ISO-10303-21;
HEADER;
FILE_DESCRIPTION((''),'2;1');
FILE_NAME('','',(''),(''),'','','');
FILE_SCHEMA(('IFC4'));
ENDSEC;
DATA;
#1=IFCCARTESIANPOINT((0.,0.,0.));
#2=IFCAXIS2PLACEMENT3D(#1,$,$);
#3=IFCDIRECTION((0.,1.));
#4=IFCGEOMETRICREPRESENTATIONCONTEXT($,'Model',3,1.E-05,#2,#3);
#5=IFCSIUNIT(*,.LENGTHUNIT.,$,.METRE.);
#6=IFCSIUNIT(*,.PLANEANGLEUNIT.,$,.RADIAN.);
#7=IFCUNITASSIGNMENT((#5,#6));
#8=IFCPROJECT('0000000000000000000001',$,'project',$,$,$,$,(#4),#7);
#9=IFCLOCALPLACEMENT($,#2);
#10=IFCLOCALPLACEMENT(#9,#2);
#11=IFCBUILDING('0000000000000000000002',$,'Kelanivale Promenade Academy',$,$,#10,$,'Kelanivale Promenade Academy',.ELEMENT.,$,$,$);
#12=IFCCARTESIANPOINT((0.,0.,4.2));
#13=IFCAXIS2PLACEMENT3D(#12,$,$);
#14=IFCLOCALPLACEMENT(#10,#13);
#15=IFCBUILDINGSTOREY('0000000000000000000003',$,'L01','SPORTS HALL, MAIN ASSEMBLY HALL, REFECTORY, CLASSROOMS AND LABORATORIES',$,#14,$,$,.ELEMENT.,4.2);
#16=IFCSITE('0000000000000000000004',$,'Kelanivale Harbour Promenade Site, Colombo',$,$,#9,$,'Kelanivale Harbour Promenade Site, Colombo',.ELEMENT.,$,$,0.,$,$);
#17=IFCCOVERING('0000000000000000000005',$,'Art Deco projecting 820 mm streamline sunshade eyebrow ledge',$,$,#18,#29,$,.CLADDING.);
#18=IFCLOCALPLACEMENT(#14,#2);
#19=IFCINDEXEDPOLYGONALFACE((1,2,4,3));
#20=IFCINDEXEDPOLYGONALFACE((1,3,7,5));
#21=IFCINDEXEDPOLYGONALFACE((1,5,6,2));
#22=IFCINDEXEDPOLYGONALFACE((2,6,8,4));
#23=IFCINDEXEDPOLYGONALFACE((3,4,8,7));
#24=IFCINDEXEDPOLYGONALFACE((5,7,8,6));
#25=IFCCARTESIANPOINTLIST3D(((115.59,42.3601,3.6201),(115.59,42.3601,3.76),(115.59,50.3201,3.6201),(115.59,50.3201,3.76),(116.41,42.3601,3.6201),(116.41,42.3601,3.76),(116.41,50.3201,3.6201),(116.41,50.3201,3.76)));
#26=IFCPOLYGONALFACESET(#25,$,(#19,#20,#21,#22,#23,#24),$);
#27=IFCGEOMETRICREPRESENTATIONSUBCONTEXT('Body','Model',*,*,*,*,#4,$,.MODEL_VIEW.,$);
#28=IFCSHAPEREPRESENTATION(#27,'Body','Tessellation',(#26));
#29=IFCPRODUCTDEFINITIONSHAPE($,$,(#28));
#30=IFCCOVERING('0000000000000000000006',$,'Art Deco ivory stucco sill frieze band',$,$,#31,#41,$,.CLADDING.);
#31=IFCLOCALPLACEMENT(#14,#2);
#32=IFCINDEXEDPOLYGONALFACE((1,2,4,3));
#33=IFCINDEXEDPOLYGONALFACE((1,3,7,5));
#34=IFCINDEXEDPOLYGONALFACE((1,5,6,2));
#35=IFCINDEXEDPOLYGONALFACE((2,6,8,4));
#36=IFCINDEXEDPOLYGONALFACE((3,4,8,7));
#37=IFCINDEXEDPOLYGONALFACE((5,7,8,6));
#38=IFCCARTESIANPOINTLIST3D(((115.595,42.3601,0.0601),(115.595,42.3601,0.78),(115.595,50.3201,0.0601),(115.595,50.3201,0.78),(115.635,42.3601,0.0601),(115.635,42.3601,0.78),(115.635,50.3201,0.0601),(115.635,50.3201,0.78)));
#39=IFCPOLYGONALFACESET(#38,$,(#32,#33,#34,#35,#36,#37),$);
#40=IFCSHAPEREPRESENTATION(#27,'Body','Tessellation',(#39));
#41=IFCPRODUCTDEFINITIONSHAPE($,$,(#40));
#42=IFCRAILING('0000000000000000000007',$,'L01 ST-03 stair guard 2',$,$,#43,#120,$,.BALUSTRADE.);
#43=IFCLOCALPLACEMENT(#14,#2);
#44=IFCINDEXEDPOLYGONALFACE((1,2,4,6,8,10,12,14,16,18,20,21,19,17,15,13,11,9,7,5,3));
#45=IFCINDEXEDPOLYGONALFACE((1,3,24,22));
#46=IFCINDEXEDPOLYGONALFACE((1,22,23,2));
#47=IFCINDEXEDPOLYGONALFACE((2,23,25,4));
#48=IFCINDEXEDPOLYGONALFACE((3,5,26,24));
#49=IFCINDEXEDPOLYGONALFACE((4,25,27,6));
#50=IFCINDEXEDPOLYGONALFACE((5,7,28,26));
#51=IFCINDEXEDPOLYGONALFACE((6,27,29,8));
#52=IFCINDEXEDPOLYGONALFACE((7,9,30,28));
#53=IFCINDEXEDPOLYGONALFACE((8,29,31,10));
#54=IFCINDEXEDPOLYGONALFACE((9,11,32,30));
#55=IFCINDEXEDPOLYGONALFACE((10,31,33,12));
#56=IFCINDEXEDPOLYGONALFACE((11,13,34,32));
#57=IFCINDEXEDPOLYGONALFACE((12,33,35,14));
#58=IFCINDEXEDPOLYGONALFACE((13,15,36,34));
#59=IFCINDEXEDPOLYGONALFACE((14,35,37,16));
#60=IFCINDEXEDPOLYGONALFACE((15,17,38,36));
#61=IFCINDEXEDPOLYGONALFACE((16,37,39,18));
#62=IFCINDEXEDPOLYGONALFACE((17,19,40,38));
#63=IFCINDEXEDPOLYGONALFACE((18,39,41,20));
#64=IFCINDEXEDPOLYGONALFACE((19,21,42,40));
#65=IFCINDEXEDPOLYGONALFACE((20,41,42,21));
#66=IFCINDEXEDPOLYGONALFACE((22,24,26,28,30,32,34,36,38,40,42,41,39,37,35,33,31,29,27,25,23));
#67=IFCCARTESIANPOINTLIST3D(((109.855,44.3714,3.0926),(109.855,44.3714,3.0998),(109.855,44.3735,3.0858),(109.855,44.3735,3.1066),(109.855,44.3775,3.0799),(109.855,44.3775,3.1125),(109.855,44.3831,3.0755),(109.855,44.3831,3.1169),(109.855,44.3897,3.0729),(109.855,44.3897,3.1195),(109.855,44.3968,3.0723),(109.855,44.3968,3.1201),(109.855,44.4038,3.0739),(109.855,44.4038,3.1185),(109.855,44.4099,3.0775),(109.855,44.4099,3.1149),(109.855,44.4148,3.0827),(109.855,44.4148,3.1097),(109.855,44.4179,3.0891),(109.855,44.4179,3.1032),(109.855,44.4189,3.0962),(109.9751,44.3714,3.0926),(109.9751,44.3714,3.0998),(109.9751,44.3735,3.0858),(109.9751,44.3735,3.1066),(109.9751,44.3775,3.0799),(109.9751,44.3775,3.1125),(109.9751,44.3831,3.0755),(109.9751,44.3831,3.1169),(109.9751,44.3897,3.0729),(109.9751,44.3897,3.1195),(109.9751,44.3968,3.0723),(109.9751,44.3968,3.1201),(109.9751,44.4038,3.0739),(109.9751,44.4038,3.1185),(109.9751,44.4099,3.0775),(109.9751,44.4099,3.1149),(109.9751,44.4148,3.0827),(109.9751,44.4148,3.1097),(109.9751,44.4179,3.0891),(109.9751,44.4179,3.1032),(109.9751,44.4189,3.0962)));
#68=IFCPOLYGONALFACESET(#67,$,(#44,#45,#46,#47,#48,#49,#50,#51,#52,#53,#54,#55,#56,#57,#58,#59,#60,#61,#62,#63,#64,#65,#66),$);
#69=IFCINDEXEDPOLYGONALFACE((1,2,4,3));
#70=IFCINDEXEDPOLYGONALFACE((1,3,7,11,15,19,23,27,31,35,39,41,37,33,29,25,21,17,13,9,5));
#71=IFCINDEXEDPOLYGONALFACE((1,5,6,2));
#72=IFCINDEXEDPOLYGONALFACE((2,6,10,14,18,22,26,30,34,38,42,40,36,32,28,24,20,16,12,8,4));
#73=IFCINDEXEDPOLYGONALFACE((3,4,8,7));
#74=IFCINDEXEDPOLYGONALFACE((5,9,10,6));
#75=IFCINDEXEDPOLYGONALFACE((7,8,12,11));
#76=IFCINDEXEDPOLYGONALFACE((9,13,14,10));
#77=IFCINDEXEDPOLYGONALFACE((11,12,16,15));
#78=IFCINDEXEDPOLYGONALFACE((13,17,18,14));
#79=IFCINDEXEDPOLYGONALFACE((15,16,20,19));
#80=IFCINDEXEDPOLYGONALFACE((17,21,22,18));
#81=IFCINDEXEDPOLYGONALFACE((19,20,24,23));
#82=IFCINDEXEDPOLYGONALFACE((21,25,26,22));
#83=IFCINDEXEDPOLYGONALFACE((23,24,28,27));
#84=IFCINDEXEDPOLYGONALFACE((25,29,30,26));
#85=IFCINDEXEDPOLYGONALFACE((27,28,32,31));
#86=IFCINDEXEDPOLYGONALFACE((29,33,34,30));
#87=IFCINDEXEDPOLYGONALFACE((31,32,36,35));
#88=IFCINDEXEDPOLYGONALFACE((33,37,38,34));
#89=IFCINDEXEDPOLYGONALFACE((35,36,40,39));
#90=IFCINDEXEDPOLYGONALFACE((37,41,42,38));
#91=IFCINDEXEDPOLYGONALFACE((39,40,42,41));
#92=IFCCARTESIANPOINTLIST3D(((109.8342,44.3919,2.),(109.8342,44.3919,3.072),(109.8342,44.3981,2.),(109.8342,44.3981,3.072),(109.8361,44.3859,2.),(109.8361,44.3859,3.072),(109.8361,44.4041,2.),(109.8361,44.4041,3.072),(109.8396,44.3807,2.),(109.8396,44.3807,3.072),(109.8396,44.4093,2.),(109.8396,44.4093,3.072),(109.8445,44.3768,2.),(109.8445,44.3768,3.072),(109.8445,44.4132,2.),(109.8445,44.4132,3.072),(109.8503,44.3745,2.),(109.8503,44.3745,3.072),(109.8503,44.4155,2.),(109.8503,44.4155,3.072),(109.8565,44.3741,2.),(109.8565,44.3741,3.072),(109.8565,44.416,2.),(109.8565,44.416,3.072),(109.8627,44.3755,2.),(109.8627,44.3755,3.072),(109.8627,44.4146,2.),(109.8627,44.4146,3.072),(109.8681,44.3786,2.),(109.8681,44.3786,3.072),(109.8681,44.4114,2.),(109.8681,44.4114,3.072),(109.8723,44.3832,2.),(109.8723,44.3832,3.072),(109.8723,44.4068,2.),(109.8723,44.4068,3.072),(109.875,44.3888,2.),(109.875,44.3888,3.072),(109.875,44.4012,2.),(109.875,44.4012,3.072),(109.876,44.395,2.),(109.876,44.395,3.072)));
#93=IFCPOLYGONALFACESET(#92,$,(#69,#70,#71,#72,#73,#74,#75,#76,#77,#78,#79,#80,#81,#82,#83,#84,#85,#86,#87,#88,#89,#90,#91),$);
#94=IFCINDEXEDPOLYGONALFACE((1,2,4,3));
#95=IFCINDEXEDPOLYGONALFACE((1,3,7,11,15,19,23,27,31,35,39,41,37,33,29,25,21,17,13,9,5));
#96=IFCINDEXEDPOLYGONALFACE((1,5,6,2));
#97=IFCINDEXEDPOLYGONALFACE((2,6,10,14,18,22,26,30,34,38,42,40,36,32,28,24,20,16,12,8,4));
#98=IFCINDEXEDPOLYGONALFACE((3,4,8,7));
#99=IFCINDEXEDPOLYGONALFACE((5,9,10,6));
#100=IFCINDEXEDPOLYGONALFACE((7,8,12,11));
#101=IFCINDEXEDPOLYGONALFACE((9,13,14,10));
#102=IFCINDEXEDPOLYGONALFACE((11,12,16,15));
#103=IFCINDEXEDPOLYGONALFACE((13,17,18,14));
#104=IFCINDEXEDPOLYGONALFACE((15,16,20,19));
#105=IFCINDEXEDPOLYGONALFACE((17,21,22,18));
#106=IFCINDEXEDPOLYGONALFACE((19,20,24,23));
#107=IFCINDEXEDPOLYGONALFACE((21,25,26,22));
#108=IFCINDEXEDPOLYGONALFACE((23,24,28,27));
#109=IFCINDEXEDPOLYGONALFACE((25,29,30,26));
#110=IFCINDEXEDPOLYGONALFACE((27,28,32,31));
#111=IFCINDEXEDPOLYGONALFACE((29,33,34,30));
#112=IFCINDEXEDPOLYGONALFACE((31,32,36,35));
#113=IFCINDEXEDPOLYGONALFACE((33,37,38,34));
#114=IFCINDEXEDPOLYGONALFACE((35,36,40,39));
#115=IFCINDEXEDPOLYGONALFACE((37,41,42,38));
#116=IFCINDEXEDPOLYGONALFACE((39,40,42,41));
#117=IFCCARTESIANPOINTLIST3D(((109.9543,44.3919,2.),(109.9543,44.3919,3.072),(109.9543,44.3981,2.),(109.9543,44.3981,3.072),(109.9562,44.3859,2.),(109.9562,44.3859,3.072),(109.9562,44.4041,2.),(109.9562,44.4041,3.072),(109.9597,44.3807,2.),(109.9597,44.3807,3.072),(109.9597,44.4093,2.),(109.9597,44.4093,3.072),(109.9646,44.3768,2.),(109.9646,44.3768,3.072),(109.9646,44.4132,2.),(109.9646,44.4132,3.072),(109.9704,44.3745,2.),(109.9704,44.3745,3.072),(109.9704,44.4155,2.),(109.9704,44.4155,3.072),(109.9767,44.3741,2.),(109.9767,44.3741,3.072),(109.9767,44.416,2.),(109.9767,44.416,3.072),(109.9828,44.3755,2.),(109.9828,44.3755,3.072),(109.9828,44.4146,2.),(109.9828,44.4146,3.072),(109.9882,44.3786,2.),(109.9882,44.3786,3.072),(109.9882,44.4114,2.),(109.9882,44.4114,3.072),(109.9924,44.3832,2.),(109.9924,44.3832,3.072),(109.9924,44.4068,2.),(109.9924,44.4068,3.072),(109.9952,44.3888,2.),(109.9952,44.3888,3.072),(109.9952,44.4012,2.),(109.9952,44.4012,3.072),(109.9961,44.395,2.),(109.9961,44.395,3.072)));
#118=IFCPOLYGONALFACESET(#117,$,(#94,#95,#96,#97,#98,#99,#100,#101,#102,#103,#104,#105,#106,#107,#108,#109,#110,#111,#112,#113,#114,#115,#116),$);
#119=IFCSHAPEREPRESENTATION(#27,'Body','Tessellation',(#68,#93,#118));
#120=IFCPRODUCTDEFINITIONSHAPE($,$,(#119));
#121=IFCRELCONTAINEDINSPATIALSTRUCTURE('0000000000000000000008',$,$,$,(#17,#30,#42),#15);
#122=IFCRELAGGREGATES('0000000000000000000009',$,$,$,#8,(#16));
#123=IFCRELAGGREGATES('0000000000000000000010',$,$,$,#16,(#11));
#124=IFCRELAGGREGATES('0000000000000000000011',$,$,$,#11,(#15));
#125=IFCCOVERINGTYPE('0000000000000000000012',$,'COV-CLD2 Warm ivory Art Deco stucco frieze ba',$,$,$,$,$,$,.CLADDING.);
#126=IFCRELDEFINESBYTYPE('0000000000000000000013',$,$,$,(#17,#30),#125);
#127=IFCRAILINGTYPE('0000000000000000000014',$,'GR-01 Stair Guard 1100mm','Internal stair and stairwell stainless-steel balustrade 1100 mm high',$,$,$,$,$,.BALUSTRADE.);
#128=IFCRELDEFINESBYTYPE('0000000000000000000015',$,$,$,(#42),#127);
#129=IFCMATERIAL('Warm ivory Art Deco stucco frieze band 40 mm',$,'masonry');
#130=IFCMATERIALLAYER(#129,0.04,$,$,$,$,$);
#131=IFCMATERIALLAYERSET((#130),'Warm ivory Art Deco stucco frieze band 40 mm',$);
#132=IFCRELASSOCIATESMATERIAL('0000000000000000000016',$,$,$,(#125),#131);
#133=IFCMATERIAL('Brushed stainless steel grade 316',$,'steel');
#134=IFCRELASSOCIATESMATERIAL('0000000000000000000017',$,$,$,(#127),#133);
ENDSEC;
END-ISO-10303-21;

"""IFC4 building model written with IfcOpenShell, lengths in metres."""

from ifc_helpers import new_model, si_unit, direction, frame, origin, origin_2d, place, context, subcontext, project, spatial, rectangle, circle, extrude, material, layer, layer_set, type_object, element, save


model = new_model("IFC4")

# Units and contexts
model_context = context("Model", 3, precision=1e-05, world=origin(), true_north=direction((0.0, 1.0)))
body_context = subcontext(model_context, "Body", "Model", "MODEL_VIEW")
ifc_project = project(units=[si_unit("LENGTHUNIT", "METRE"), si_unit("PLANEANGLEUNIT", "RADIAN")], contexts=[model_context])

# Site, building, storey
site_placement = place(None, origin())
site = spatial("IfcSite", under=ifc_project, at=site_placement, Name="Kelanivale Harbour Promenade Site, Colombo", LongName="Kelanivale Harbour Promenade Site, Colombo", CompositionType="ELEMENT", RefElevation=0.0)
building_placement = place(site_placement, origin())
building = spatial("IfcBuilding", under=site, at=building_placement, Name="Kelanivale Promenade Academy", LongName="Kelanivale Promenade Academy", CompositionType="ELEMENT")
storey_placement = place(building_placement, frame((0.0, 0.0, 4.2)))
storey = spatial("IfcBuildingStorey", under=building, at=storey_placement, Name="L01", Description="SPORTS HALL, MAIN ASSEMBLY HALL, REFECTORY, CLASSROOMS AND LABORATORIES", CompositionType="ELEMENT", Elevation=4.2)

# Coverings
ifc_material_1 = material(Name="Warm ivory Art Deco stucco frieze band 40 mm", Category="masonry")
ifc_layer_1 = layer(ifc_material_1, 0.04)
ifc_layer_set_1 = layer_set([ifc_layer_1], Name="Warm ivory Art Deco stucco frieze band 40 mm")
covering_type = type_object("IfcCoveringType", Name="COV-CLD2 Warm ivory Art Deco stucco frieze ba", PredefinedType="CLADDING", material=ifc_layer_set_1)
covering_1_placement = place(storey_placement, frame((116.0, 46.3401, 3.6201), z_axis=(0.0, 0.0, 1.0), x_axis=(0.0, 1.0, 0.0)))
element("IfcCovering", 1, at=covering_1_placement, inside=storey, type_object=covering_type, Name="Art Deco projecting 820 mm streamline sunshade eyebrow ledge", PredefinedType="CLADDING", context=body_context, shape_type="SweptSolid", body=[
    extrude(rectangle(XDim=7.96, YDim=0.8201, at=origin_2d()), origin(), (0.0, 0.0, 1.0), 0.1399),
])
covering_2_placement = place(storey_placement, frame((115.615, 46.3401, 0.0601), z_axis=(0.0, 0.0, 1.0), x_axis=(0.0, 1.0, 0.0)))
element("IfcCovering", 2, at=covering_2_placement, inside=storey, type_object=covering_type, Name="Art Deco ivory stucco sill frieze band", PredefinedType="CLADDING", context=body_context, shape_type="SweptSolid", body=[
    extrude(rectangle(XDim=7.96, YDim=0.04, at=origin_2d()), origin(), (0.0, 0.0, 1.0), 0.72),
])

# Railing
ifc_material_2 = material(Name="Brushed stainless steel grade 316", Category="steel")
railing_type_1 = type_object("IfcRailingType", Name="GR-01 Stair Guard 1100mm", Description="Internal stair and stairwell stainless-steel balustrade 1100 mm high", PredefinedType="BALUSTRADE", material=ifc_material_2)
railing_1_placement = place(storey_placement, frame((109.855, 44.395, 2.0)))
element("IfcRailing", 3, at=railing_1_placement, inside=storey, type_object=railing_type_1, Name="L01 ST-03 stair guard 2", PredefinedType="BALUSTRADE", context=body_context, shape_type="SweptSolid", body=[
    extrude(circle(Radius=0.0239, at=origin_2d()), frame((0.0, 0.0, 1.0962), z_axis=(1.0, 0.0, 0.0), x_axis=(0.0, 1.0, 0.0)), (0.0, 0.0, 1.0), 0.1201),
    extrude(circle(Radius=0.021, at=origin_2d()), origin(), (0.0, 0.0, 1.0), 1.072),
    extrude(circle(Radius=0.021, at=origin_2d()), frame((0.1201, 0.0, 0.0)), (0.0, 0.0, 1.0), 1.072),
])

save(model, "model.ifc")
